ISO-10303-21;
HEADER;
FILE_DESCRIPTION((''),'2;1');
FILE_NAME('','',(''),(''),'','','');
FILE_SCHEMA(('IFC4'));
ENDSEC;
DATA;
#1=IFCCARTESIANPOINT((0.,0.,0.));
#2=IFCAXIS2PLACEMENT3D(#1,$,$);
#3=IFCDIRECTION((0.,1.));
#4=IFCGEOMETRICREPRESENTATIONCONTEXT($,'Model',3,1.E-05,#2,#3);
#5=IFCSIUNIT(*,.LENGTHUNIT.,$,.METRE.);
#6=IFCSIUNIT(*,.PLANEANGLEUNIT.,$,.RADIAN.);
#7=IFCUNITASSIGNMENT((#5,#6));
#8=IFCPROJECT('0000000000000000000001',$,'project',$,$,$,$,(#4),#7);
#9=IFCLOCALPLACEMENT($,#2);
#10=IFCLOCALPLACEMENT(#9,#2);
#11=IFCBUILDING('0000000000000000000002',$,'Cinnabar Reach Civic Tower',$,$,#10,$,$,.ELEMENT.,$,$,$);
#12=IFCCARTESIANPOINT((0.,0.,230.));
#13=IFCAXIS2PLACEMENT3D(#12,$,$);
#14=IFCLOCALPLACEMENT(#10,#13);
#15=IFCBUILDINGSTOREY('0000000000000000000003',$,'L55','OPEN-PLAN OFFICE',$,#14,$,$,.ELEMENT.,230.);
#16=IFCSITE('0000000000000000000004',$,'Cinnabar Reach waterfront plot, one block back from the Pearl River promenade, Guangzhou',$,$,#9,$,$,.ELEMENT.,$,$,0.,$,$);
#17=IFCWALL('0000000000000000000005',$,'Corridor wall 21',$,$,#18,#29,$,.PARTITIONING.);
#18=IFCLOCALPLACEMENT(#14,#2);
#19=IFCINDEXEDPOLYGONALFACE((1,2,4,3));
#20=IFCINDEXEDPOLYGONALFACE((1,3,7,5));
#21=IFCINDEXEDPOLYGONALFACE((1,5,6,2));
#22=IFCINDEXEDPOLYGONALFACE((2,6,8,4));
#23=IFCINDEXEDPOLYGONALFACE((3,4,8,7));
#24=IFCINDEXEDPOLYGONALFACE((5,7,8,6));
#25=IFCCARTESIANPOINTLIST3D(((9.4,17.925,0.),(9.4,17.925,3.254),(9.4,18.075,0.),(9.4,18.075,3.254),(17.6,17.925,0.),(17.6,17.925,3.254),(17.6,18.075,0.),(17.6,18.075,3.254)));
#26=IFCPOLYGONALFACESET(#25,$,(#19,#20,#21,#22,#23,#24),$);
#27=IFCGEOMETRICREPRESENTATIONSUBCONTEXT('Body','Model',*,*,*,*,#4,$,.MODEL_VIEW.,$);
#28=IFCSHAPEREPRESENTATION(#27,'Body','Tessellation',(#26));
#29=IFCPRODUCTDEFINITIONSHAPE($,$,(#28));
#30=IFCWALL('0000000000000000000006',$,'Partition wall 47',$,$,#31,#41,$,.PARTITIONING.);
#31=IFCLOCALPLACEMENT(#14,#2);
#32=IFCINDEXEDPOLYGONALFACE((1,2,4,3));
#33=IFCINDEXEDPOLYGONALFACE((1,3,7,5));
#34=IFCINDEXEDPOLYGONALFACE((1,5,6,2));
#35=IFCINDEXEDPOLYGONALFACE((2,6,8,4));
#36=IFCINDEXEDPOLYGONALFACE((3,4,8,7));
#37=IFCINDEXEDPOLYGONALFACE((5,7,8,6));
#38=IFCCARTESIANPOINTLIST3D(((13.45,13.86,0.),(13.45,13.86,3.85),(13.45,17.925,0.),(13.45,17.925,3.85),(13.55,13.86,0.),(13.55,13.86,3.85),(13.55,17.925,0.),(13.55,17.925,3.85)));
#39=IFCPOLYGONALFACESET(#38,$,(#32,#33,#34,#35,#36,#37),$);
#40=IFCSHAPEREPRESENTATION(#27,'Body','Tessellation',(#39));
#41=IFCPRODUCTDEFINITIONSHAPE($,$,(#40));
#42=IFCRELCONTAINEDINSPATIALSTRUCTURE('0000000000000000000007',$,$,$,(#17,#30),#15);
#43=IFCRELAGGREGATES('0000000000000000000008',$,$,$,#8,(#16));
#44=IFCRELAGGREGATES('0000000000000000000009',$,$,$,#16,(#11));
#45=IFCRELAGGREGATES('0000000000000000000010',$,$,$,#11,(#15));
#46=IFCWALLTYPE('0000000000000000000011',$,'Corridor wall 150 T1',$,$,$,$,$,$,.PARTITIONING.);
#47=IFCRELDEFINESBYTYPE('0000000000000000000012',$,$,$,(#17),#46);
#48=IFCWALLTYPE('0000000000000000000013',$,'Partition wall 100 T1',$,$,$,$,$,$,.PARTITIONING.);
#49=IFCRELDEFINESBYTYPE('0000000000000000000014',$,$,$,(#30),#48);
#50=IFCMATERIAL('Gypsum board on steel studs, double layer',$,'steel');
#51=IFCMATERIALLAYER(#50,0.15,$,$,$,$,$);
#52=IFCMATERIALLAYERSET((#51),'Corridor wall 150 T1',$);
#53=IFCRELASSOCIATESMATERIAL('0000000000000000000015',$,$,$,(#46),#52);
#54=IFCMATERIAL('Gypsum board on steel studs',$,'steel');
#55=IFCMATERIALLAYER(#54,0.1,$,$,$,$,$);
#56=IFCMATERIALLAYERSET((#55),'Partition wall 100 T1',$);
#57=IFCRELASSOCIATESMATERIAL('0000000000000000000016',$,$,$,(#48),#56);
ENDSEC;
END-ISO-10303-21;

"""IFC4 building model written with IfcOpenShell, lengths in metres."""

from ifc_helpers import new_model, si_unit, direction, frame, frame_2d, origin, place, context, subcontext, project, spatial, rectangle, extrude, material, layer, layer_set, type_object, element, save


model = new_model("IFC4")

# Units and contexts
model_context = context("Model", 3, precision=1e-05, world=origin(), true_north=direction((0.0, 1.0)))
body_context = subcontext(model_context, "Body", "Model", "MODEL_VIEW")
ifc_project = project(units=[si_unit("LENGTHUNIT", "METRE"), si_unit("PLANEANGLEUNIT", "RADIAN")], contexts=[model_context])

# Site, building, storey
site_placement = place(None, origin())
site = spatial("IfcSite", under=ifc_project, at=site_placement, Name="Cinnabar Reach waterfront plot, one block back from the Pearl River promenade, Guangzhou", CompositionType="ELEMENT", RefElevation=0.0)
building_placement = place(site_placement, origin())
building = spatial("IfcBuilding", under=site, at=building_placement, Name="Cinnabar Reach Civic Tower", CompositionType="ELEMENT")
storey_placement = place(building_placement, frame((0.0, 0.0, 230.0)))
storey = spatial("IfcBuildingStorey", under=building, at=storey_placement, Name="L55", Description="OPEN-PLAN OFFICE", CompositionType="ELEMENT", Elevation=230.0)

# Walls
ifc_material_1 = material(Name="Gypsum board on steel studs, double layer", Category="steel")
ifc_layer_1 = layer(ifc_material_1, 0.15)
ifc_layer_set_1 = layer_set([ifc_layer_1], Name="Corridor wall 150 T1")
wall_type_1 = type_object("IfcWallType", Name="Corridor wall 150 T1", PredefinedType="PARTITIONING", material=ifc_layer_set_1)
wall_1_placement = place(storey_placement, frame((9.4, 18.0, 0.0), z_axis=(0.0, 0.0, 1.0), x_axis=(1.0, 0.0, 0.0)))
element("IfcWall", 1, at=wall_1_placement, inside=storey, type_object=wall_type_1, Name="Corridor wall 21", PredefinedType="PARTITIONING", context=body_context, shape_type="SweptSolid", body=[
    extrude(rectangle(XDim=8.2, YDim=0.15, at=frame_2d((4.1, 0.0))), origin(), (0.0, 0.0, 1.0), 3.254),
])
ifc_material_2 = material(Name="Gypsum board on steel studs", Category="steel")
ifc_layer_2 = layer(ifc_material_2, 0.1)
ifc_layer_set_2 = layer_set([ifc_layer_2], Name="Partition wall 100 T1")
wall_type_2 = type_object("IfcWallType", Name="Partition wall 100 T1", PredefinedType="PARTITIONING", material=ifc_layer_set_2)
wall_2_placement = place(storey_placement, frame((13.5, 13.86, 0.0), z_axis=(0.0, 0.0, 1.0), x_axis=(0.0, 1.0, 0.0)))
element("IfcWall", 2, at=wall_2_placement, inside=storey, type_object=wall_type_2, Name="Partition wall 47", PredefinedType="PARTITIONING", context=body_context, shape_type="SweptSolid", body=[
    extrude(rectangle(XDim=4.065, YDim=0.1, at=frame_2d((2.0325, 0.0))), origin(), (0.0, 0.0, 1.0), 3.85),
])

save(model, "model.ifc")
